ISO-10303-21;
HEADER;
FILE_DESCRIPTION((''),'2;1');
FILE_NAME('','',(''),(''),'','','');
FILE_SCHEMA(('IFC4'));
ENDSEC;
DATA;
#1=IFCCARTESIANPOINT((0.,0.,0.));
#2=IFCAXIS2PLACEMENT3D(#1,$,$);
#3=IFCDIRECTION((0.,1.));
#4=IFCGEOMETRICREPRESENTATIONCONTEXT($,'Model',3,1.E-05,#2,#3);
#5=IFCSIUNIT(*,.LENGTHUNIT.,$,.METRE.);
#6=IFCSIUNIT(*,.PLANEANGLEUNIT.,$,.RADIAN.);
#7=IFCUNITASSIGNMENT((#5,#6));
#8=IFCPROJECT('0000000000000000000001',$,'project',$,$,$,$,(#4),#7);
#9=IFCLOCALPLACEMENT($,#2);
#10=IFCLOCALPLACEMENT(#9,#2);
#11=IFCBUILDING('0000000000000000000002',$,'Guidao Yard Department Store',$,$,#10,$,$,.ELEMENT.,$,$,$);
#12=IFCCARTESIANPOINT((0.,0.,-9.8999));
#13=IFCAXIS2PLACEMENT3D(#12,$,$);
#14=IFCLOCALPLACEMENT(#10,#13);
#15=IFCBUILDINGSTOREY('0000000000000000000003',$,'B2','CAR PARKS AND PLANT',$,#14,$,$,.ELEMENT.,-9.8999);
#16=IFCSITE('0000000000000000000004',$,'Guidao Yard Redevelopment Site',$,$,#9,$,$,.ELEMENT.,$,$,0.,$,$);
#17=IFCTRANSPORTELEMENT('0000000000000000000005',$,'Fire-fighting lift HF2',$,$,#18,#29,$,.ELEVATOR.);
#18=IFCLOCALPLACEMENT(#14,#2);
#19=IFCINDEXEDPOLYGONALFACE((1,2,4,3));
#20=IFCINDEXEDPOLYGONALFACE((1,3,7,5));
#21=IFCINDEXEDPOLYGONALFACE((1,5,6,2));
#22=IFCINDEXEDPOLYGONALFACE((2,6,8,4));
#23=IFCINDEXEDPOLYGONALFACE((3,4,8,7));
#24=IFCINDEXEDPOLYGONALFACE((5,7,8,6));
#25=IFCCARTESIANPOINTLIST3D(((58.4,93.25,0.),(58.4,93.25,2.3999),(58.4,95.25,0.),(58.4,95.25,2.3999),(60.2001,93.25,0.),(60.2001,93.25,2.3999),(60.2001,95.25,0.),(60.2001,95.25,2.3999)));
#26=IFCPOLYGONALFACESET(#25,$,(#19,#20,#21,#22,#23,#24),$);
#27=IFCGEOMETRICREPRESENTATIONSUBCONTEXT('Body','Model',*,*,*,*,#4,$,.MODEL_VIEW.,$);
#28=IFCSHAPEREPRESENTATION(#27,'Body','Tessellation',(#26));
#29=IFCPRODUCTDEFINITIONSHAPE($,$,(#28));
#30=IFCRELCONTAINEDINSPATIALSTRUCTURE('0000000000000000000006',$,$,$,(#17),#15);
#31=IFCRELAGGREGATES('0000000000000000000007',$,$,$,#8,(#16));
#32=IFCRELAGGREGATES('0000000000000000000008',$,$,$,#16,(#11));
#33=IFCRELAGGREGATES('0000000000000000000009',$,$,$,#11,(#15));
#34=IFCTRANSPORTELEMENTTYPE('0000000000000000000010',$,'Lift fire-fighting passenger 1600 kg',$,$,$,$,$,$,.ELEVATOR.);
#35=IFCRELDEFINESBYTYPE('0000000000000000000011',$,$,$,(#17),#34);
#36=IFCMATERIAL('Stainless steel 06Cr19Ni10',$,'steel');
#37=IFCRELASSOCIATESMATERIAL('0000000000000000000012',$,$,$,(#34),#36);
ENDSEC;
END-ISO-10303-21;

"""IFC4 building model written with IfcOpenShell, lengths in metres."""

from ifc_helpers import new_model, si_unit, direction, frame, origin, origin_2d, place, context, subcontext, project, spatial, rectangle, extrude, material, type_object, element, save


model = new_model("IFC4")

# Units and contexts
model_context = context("Model", 3, precision=1e-05, world=origin(), true_north=direction((0.0, 1.0)))
body_context = subcontext(model_context, "Body", "Model", "MODEL_VIEW")
ifc_project = project(units=[si_unit("LENGTHUNIT", "METRE"), si_unit("PLANEANGLEUNIT", "RADIAN")], contexts=[model_context])

# Site, building, storey
site_placement = place(None, origin())
site = spatial("IfcSite", under=ifc_project, at=site_placement, Name="Guidao Yard Redevelopment Site", CompositionType="ELEMENT", RefElevation=0.0)
building_placement = place(site_placement, origin())
building = spatial("IfcBuilding", under=site, at=building_placement, Name="Guidao Yard Department Store", CompositionType="ELEMENT")
storey_placement = place(building_placement, frame((0.0, 0.0, -9.8999)))
storey = spatial("IfcBuildingStorey", under=building, at=storey_placement, Name="B2", Description="CAR PARKS AND PLANT", CompositionType="ELEMENT", Elevation=-9.8999)

# Transport element
ifc_material_1 = material(Name="Stainless steel 06Cr19Ni10", Category="steel")
transport_element_type = type_object("IfcTransportElementType", Name="Lift fire-fighting passenger 1600 kg", PredefinedType="ELEVATOR", material=ifc_material_1)
for number, where, z_axis, x_axis, name in (
    (1, (59.3, 94.25, 0.0), (0.0, 0.0, 1.0), (1.0, 0.0, 0.0), "Fire-fighting lift HF2"),
):
    element("IfcTransportElement", number, at=place(storey_placement, frame(where, z_axis=z_axis, x_axis=x_axis)), inside=storey, type_object=transport_element_type, Name=name, PredefinedType="ELEVATOR", context=body_context, shape_type="SweptSolid", body=[
        extrude(rectangle(XDim=1.8, YDim=2.0, at=origin_2d()), origin(), (0.0, 0.0, 1.0), 2.3999),
    ])

save(model, "model.ifc")
